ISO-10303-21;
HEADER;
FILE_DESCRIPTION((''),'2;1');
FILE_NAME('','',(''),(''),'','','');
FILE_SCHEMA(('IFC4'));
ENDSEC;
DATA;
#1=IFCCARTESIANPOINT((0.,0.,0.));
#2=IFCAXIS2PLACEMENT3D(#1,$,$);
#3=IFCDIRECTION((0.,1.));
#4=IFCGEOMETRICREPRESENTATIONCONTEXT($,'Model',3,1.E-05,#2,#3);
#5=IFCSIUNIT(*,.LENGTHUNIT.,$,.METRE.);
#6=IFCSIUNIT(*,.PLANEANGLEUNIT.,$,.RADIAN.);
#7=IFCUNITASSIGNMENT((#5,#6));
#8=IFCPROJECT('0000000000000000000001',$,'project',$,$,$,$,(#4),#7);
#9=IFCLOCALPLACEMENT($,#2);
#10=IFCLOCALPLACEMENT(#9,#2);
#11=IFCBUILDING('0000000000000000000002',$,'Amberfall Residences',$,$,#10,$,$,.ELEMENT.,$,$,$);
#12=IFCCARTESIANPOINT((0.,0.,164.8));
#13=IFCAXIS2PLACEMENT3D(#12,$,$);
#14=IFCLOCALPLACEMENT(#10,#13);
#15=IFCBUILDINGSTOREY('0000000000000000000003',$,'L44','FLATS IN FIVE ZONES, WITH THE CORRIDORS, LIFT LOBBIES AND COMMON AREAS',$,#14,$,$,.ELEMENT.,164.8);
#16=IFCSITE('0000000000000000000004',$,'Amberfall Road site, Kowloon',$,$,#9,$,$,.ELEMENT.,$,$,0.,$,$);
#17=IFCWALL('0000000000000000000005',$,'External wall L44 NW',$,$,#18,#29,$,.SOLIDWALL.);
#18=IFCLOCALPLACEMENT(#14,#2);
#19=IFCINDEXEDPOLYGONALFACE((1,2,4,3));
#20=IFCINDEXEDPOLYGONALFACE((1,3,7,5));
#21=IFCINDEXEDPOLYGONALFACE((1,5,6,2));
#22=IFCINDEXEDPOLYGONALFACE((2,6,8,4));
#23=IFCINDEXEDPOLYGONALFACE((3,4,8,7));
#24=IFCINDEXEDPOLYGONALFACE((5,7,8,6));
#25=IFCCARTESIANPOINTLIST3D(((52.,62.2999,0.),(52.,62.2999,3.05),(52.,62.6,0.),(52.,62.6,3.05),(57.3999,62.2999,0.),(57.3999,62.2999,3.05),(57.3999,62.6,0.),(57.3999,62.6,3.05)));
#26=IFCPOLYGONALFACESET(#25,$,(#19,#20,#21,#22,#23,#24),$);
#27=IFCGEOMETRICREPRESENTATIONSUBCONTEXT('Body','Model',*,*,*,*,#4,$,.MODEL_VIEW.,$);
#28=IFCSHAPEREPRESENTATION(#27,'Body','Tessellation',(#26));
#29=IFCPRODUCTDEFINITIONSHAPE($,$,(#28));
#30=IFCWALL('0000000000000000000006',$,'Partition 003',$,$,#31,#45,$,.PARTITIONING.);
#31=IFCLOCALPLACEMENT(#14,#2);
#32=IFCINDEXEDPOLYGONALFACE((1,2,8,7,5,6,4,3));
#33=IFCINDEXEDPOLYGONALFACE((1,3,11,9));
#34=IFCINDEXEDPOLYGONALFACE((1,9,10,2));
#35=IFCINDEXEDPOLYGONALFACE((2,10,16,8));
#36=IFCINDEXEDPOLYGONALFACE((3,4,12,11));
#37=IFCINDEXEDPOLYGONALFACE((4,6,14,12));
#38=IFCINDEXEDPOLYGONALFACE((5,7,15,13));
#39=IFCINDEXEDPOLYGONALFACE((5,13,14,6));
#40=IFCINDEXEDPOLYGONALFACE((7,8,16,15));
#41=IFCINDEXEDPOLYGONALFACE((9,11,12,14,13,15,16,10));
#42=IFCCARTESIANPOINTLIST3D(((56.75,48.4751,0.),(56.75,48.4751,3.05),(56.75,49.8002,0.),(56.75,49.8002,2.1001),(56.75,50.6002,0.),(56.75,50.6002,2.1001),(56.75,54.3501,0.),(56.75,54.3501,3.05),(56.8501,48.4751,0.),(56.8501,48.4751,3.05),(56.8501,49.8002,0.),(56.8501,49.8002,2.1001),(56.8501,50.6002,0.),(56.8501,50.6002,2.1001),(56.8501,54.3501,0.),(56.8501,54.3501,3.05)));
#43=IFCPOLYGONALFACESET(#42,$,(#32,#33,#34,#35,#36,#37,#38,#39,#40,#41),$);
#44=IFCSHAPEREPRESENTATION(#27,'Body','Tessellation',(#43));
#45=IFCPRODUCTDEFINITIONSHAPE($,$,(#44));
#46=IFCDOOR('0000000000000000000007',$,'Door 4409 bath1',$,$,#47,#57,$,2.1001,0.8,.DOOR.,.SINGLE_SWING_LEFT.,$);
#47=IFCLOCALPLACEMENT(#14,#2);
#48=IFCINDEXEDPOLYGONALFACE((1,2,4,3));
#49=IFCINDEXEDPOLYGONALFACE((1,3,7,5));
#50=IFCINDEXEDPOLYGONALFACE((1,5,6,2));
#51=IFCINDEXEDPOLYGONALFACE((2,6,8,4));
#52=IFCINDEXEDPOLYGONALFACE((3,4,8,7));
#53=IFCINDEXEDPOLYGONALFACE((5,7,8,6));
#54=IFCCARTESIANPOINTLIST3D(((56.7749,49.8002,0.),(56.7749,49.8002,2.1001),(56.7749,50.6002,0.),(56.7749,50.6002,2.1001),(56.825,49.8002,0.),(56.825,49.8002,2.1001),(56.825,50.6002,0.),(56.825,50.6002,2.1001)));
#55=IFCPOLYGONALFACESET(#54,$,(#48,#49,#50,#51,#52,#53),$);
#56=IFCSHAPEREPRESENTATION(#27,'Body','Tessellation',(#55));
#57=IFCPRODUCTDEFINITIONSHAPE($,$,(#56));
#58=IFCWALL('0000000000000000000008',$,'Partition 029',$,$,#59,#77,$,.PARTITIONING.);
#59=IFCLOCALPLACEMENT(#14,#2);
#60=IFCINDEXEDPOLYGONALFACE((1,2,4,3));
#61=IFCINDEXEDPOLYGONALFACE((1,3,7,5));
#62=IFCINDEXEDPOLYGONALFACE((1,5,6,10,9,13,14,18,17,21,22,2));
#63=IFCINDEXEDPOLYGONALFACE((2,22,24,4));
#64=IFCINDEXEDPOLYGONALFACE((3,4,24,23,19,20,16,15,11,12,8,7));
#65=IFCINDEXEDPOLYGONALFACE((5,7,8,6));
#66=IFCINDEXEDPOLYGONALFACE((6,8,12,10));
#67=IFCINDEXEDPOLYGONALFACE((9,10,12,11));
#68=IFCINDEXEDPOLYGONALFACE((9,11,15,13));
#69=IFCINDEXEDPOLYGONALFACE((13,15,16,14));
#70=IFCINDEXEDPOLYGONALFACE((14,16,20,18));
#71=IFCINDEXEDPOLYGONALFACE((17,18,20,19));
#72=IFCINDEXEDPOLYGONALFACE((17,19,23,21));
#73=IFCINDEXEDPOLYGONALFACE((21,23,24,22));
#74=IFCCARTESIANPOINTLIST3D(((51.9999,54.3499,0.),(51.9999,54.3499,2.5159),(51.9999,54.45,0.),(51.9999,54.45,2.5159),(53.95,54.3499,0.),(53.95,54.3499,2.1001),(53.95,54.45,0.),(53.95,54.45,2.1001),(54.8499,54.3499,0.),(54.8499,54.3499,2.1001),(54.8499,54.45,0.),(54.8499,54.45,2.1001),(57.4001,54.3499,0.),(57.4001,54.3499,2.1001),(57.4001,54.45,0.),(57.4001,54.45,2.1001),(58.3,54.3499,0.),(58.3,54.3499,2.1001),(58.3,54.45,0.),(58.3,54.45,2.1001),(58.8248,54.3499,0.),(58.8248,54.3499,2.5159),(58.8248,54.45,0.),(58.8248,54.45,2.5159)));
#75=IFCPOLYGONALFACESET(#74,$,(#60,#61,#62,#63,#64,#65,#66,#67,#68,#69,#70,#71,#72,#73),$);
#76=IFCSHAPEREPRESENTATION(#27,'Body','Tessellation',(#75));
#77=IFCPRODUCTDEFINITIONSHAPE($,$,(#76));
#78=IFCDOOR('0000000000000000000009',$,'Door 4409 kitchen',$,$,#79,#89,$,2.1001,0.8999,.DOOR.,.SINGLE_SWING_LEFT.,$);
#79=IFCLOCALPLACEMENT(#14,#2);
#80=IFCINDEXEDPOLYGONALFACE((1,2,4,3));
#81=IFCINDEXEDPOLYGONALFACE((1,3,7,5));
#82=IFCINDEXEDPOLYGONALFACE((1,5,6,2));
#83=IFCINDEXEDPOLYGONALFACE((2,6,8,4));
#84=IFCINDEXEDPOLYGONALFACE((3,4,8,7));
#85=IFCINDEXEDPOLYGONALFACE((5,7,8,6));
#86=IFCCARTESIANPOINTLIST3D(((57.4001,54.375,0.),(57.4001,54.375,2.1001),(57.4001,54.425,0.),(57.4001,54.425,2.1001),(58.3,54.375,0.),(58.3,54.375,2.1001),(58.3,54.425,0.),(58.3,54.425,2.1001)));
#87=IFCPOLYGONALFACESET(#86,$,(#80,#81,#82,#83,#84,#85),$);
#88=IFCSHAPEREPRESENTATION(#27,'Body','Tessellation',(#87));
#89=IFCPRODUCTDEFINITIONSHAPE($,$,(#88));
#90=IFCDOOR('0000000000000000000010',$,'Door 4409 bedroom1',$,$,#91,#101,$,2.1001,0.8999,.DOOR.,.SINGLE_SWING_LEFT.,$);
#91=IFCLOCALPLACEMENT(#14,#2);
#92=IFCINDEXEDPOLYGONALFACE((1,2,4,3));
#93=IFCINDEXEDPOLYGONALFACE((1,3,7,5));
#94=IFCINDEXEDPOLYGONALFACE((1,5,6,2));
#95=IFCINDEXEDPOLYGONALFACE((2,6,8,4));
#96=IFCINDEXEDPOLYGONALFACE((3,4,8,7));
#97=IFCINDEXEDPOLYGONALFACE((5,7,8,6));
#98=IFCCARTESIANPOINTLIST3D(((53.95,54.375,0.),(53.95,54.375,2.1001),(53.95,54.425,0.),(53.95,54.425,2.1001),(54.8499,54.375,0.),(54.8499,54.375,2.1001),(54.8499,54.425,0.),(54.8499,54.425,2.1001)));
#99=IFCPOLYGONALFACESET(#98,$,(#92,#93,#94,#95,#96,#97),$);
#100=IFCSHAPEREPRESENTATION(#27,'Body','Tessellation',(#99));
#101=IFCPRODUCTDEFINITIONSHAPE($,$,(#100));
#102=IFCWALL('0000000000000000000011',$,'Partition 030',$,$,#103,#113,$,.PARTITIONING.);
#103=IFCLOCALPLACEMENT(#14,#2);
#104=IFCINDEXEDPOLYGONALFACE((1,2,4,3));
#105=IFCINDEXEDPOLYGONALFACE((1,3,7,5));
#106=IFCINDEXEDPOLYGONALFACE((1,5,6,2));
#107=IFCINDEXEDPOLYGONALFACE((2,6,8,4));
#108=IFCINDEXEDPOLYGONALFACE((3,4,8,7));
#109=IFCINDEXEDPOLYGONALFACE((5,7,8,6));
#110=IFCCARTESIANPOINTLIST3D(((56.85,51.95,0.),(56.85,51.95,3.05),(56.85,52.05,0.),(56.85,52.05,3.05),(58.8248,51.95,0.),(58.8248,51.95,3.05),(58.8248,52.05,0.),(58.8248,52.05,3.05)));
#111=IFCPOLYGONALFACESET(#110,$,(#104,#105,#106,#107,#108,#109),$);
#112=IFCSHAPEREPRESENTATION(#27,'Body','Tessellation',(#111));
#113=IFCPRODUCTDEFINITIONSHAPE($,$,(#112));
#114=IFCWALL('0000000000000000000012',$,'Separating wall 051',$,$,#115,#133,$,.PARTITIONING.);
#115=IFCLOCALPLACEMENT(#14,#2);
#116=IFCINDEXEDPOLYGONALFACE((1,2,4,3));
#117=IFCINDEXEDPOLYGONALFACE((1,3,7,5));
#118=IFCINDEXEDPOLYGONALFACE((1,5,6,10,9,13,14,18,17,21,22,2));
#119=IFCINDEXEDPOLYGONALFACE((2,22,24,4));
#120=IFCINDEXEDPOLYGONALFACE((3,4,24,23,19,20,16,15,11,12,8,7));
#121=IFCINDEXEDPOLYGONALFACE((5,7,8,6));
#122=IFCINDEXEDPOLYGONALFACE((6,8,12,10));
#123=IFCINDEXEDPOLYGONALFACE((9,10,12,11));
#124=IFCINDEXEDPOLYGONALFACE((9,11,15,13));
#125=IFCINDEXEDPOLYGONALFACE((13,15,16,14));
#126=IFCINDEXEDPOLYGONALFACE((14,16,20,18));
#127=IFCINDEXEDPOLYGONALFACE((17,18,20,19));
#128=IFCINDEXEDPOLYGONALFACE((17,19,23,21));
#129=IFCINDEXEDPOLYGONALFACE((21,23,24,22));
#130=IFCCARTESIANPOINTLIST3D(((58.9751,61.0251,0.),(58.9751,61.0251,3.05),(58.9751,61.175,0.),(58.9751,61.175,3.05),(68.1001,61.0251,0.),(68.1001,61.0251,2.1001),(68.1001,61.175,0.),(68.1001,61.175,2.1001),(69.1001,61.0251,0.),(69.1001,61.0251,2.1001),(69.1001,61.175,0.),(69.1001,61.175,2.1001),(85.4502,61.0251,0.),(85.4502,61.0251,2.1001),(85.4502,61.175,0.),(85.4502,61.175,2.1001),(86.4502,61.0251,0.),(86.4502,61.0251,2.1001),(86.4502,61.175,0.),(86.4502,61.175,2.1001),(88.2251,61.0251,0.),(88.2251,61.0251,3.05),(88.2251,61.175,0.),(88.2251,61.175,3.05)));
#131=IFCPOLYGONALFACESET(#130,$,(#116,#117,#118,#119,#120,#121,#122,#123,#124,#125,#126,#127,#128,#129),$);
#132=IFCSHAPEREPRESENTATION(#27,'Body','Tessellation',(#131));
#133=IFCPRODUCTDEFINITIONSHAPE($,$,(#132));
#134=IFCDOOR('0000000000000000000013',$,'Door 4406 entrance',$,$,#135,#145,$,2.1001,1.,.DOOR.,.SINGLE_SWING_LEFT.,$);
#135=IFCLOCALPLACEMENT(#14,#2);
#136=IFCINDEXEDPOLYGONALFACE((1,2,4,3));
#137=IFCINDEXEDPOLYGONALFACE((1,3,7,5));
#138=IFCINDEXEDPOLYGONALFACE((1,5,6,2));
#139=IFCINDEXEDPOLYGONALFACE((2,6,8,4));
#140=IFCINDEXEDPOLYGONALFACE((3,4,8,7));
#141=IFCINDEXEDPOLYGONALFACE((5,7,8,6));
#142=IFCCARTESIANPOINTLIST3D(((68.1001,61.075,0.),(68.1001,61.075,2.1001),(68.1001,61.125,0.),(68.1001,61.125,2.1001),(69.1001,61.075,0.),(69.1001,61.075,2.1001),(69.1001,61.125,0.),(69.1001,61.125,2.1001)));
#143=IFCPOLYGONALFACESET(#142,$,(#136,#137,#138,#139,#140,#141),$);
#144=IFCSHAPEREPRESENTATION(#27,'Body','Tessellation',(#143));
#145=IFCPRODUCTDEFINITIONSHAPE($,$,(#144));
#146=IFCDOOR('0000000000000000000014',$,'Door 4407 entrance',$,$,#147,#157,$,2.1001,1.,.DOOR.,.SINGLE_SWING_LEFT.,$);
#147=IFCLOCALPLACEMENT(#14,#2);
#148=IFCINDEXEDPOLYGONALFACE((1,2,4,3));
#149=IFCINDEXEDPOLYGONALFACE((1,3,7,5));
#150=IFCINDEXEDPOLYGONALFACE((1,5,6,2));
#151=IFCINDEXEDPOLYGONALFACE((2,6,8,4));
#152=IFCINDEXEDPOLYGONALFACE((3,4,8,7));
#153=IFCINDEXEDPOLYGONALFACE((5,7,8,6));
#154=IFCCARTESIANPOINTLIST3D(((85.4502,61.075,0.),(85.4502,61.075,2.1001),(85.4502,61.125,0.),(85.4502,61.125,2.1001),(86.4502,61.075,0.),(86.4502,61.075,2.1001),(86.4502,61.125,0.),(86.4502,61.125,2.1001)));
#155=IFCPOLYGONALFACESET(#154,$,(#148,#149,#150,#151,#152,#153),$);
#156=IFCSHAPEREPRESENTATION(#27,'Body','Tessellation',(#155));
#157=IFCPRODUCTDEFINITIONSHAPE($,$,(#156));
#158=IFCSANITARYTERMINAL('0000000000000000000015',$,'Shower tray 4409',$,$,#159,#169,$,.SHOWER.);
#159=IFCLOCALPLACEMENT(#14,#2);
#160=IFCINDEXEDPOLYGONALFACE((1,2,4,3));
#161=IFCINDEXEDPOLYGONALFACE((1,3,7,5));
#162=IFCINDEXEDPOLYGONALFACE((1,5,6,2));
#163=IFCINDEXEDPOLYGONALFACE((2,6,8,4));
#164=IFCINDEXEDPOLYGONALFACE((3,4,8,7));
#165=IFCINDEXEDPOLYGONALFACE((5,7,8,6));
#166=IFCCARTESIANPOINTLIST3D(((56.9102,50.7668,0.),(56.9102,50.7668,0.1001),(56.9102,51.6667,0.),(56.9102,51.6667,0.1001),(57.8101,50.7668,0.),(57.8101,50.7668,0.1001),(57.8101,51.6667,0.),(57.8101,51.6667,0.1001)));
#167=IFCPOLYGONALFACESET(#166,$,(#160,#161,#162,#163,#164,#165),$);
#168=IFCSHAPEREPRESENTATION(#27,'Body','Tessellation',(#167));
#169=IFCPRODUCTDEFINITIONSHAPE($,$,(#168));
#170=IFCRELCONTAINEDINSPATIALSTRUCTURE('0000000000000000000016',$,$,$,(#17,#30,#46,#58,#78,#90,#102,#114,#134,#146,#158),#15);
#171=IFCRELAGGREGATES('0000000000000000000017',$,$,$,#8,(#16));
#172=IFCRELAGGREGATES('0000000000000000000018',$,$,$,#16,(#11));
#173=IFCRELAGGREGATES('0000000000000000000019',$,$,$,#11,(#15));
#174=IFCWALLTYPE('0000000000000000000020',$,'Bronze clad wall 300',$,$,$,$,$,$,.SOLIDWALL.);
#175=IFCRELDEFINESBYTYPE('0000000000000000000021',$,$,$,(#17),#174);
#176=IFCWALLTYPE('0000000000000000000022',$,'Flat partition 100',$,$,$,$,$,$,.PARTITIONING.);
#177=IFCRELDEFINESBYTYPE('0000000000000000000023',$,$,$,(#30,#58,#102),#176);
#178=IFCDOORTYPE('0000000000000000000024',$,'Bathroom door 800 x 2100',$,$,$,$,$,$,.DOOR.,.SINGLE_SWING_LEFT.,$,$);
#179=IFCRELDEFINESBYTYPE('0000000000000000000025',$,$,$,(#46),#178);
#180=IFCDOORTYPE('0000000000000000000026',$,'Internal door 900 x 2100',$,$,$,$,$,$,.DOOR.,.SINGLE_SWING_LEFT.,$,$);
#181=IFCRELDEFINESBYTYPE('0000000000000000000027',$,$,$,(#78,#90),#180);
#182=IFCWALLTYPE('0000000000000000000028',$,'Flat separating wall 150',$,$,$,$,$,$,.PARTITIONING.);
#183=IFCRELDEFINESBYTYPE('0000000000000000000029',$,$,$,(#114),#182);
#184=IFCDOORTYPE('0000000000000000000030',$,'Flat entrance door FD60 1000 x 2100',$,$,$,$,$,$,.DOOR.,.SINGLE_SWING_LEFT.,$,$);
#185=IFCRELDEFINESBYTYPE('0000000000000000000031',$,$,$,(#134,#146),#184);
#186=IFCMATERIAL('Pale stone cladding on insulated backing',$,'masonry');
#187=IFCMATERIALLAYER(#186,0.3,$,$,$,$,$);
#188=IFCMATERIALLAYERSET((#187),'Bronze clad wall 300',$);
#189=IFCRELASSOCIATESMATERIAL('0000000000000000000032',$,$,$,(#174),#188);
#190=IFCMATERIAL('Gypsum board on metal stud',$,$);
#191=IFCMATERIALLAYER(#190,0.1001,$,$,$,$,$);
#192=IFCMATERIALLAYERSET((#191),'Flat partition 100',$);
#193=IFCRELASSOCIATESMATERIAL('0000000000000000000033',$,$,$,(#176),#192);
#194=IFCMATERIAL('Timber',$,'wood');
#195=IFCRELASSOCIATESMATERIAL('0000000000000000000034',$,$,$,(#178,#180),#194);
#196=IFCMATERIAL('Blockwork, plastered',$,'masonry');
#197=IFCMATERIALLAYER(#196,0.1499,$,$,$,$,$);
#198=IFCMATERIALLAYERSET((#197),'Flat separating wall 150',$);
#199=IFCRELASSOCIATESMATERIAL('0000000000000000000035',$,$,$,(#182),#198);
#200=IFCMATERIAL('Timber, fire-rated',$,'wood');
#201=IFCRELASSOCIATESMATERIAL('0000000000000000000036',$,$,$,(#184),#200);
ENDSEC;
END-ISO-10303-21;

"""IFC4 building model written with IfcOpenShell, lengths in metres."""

from ifc_helpers import new_model, si_unit, direction, frame, frame_2d, origin, origin_2d, place, context, subcontext, project, spatial, rectangle, extrude, material, layer, layer_set, type_object, element, fill, save


model = new_model("IFC4")

# Units and contexts
model_context = context("Model", 3, precision=1e-05, world=origin(), true_north=direction((0.0, 1.0)))
body_context = subcontext(model_context, "Body", "Model", "MODEL_VIEW")
ifc_project = project(units=[si_unit("LENGTHUNIT", "METRE"), si_unit("PLANEANGLEUNIT", "RADIAN")], contexts=[model_context])

# Site, building, storey
site_placement = place(None, origin())
site = spatial("IfcSite", under=ifc_project, at=site_placement, Name="Amberfall Road site, Kowloon", CompositionType="ELEMENT", RefElevation=0.0)
building_placement = place(site_placement, origin())
building = spatial("IfcBuilding", under=site, at=building_placement, Name="Amberfall Residences", CompositionType="ELEMENT")
storey_placement = place(building_placement, frame((0.0, 0.0, 164.8)))
storey = spatial("IfcBuildingStorey", under=building, at=storey_placement, Name="L44", Description="FLATS IN FIVE ZONES, WITH THE CORRIDORS, LIFT LOBBIES AND COMMON AREAS", CompositionType="ELEMENT", Elevation=164.8)

# Shared definitions
ifc_material_1 = material(Name="Pale stone cladding on insulated backing", Category="masonry")
ifc_layer_1 = layer(ifc_material_1, 0.3)
ifc_layer_set_1 = layer_set([ifc_layer_1], Name="Bronze clad wall 300")
wall_type_1 = type_object("IfcWallType", Name="Bronze clad wall 300", PredefinedType="SOLIDWALL", material=ifc_layer_set_1)

# Wall
wall_1_placement = place(storey_placement, frame((57.3999, 62.45, 0.0), z_axis=(0.0, 0.0, 1.0), x_axis=(-1.0, 0.0, 0.0)))
element("IfcWall", 1, at=wall_1_placement, inside=storey, type_object=wall_type_1, Name="External wall L44 NW", PredefinedType="SOLIDWALL", context=body_context, shape_type="SweptSolid", body=[
    extrude(rectangle(XDim=5.3999, YDim=0.3, at=frame_2d((2.7, 0.0))), origin(), (0.0, 0.0, 1.0), 3.05),
])

# Wall, opening, door
ifc_material_2 = material(Name="Gypsum board on metal stud")
ifc_layer_2 = layer(ifc_material_2, 0.1001)
ifc_layer_set_2 = layer_set([ifc_layer_2], Name="Flat partition 100")
wall_type_2 = type_object("IfcWallType", Name="Flat partition 100", PredefinedType="PARTITIONING", material=ifc_layer_set_2)
wall_2_placement = place(storey_placement, frame((56.8, 54.3501, 0.0), z_axis=(0.0, 0.0, 1.0), x_axis=(0.0, -1.0, 0.0)))
wall_2 = element("IfcWall", 2, at=wall_2_placement, inside=storey, type_object=wall_type_2, Name="Partition 003", PredefinedType="PARTITIONING", context=body_context, shape_type="SweptSolid", body=[
    extrude(rectangle(XDim=5.875, YDim=0.1001, at=frame_2d((2.9375, 0.0))), origin(), (0.0, 0.0, 1.0), 3.05),
])
opening_1_placement = place(wall_2_placement, frame((3.75, 0.0, 0.0)))
opening_1 = element("IfcOpeningElement", 3, at=opening_1_placement, cuts=wall_2, PredefinedType="OPENING", context=body_context, shape_type="SweptSolid", body=[
    extrude(rectangle(XDim=0.8, YDim=2.1001, at=frame_2d((0.3999, 1.05))), frame((0.0, 0.0601, 0.0), z_axis=(0.0, -1.0, 0.0), x_axis=(1.0, 0.0, 0.0)), (0.0, 0.0, 1.0), 0.1201),
])
ifc_material_3 = material(Name="Timber", Category="wood")
door_type_1 = type_object("IfcDoorType", Name="Bathroom door 800 x 2100", OperationType="SINGLE_SWING_LEFT", PredefinedType="DOOR", material=ifc_material_3)
door_1_placement = place(opening_1_placement, origin())
door_1 = element("IfcDoor", 4, at=door_1_placement, inside=storey, type_object=door_type_1, Name="Door 4409 bath1", OperationType="SINGLE_SWING_LEFT", OverallHeight=2.1001, OverallWidth=0.8, PredefinedType="DOOR", context=body_context, shape_type="SweptSolid", body=[
    extrude(rectangle(XDim=0.8, YDim=2.1001, at=frame_2d((0.3999, 1.05))), frame((0.0, 0.0249, 0.0), z_axis=(0.0, -1.0, 0.0), x_axis=(1.0, 0.0, 0.0)), (0.0, 0.0, 1.0), 0.05),
])
fill(opening_1, door_1)

# Wall, openings, doors
wall_3_placement = place(storey_placement, frame((58.825, 54.3999, 0.0), z_axis=(0.0, 0.0, 1.0), x_axis=(-1.0, 0.0, 0.0)))
wall_3 = element("IfcWall", 5, at=wall_3_placement, inside=storey, type_object=wall_type_2, Name="Partition 029", PredefinedType="PARTITIONING", context=body_context, shape_type="SweptSolid", body=[
    extrude(rectangle(XDim=6.825, YDim=0.1001, at=frame_2d((3.4126, 0.0))), origin(), (0.0, 0.0, 1.0), 2.5159),
])
opening_2_placement = place(wall_3_placement, frame((0.5249, 0.0, 0.0)))
opening_2 = element("IfcOpeningElement", 6, at=opening_2_placement, cuts=wall_3, PredefinedType="OPENING", context=body_context, shape_type="SweptSolid", body=[
    extrude(rectangle(XDim=0.8999, YDim=2.1001, at=frame_2d((0.45, 1.05))), frame((0.0, 0.0601, 0.0), z_axis=(0.0, -1.0, 0.0), x_axis=(1.0, 0.0, 0.0)), (0.0, 0.0, 1.0), 0.1201),
])
opening_3_placement = place(wall_3_placement, frame((3.9751, 0.0, 0.0)))
opening_3 = element("IfcOpeningElement", 7, at=opening_3_placement, cuts=wall_3, PredefinedType="OPENING", context=body_context, shape_type="SweptSolid", body=[
    extrude(rectangle(XDim=0.8999, YDim=2.1001, at=frame_2d((0.45, 1.05))), frame((0.0, 0.0601, 0.0), z_axis=(0.0, -1.0, 0.0), x_axis=(1.0, 0.0, 0.0)), (0.0, 0.0, 1.0), 0.1201),
])
door_type_2 = type_object("IfcDoorType", Name="Internal door 900 x 2100", OperationType="SINGLE_SWING_LEFT", PredefinedType="DOOR", material=ifc_material_3)
door_2_placement = place(opening_2_placement, origin())
door_2 = element("IfcDoor", 8, at=door_2_placement, inside=storey, type_object=door_type_2, Name="Door 4409 kitchen", OperationType="SINGLE_SWING_LEFT", OverallHeight=2.1001, OverallWidth=0.8999, PredefinedType="DOOR", context=body_context, shape_type="SweptSolid", body=[
    extrude(rectangle(XDim=0.8999, YDim=2.1001, at=frame_2d((0.45, 1.05))), frame((0.0, 0.0249, 0.0), z_axis=(0.0, -1.0, 0.0), x_axis=(1.0, 0.0, 0.0)), (0.0, 0.0, 1.0), 0.05),
])
fill(opening_2, door_2)
door_3_placement = place(opening_3_placement, origin())
door_3 = element("IfcDoor", 9, at=door_3_placement, inside=storey, type_object=door_type_2, Name="Door 4409 bedroom1", OperationType="SINGLE_SWING_LEFT", OverallHeight=2.1001, OverallWidth=0.8999, PredefinedType="DOOR", context=body_context, shape_type="SweptSolid", body=[
    extrude(rectangle(XDim=0.8999, YDim=2.1001, at=frame_2d((0.45, 1.05))), frame((0.0, 0.0249, 0.0), z_axis=(0.0, -1.0, 0.0), x_axis=(1.0, 0.0, 0.0)), (0.0, 0.0, 1.0), 0.05),
])
fill(opening_3, door_3)

# Wall
wall_4_placement = place(storey_placement, frame((56.8501, 52.0, 0.0), z_axis=(0.0, 0.0, 1.0), x_axis=(1.0, 0.0, 0.0)))
element("IfcWall", 10, at=wall_4_placement, inside=storey, type_object=wall_type_2, Name="Partition 030", PredefinedType="PARTITIONING", context=body_context, shape_type="SweptSolid", body=[
    extrude(rectangle(XDim=1.9749, YDim=0.1001, at=frame_2d((0.9873, 0.0))), origin(), (0.0, 0.0, 1.0), 3.05),
])

# Wall, openings, doors
ifc_material_4 = material(Name="Blockwork, plastered", Category="masonry")
ifc_layer_3 = layer(ifc_material_4, 0.1499)
ifc_layer_set_3 = layer_set([ifc_layer_3], Name="Flat separating wall 150")
wall_type_3 = type_object("IfcWallType", Name="Flat separating wall 150", PredefinedType="PARTITIONING", material=ifc_layer_set_3)
wall_5_placement = place(storey_placement, frame((58.9751, 61.1001, 0.0), z_axis=(0.0, 0.0, 1.0), x_axis=(1.0, 0.0, 0.0)))
wall_5 = element("IfcWall", 11, at=wall_5_placement, inside=storey, type_object=wall_type_3, Name="Separating wall 051", PredefinedType="PARTITIONING", context=body_context, shape_type="SweptSolid", body=[
    extrude(rectangle(XDim=29.25, YDim=0.1499, at=frame_2d((14.625, 0.0))), origin(), (0.0, 0.0, 1.0), 3.05),
])
opening_4_placement = place(wall_5_placement, frame((9.125, 0.0, 0.0)))
opening_4 = element("IfcOpeningElement", 12, at=opening_4_placement, cuts=wall_5, PredefinedType="OPENING", context=body_context, shape_type="SweptSolid", body=[
    extrude(rectangle(XDim=1.0, YDim=2.1001, at=frame_2d((0.5, 1.05))), frame((0.0, 0.085, 0.0), z_axis=(0.0, -1.0, 0.0), x_axis=(1.0, 0.0, 0.0)), (0.0, 0.0, 1.0), 0.1699),
])
opening_5_placement = place(wall_5_placement, frame((26.4751, 0.0, 0.0)))
opening_5 = element("IfcOpeningElement", 13, at=opening_5_placement, cuts=wall_5, PredefinedType="OPENING", context=body_context, shape_type="SweptSolid", body=[
    extrude(rectangle(XDim=1.0, YDim=2.1001, at=frame_2d((0.5, 1.05))), frame((0.0, 0.085, 0.0), z_axis=(0.0, -1.0, 0.0), x_axis=(1.0, 0.0, 0.0)), (0.0, 0.0, 1.0), 0.1699),
])
ifc_material_5 = material(Name="Timber, fire-rated", Category="wood")
door_type_3 = type_object("IfcDoorType", Name="Flat entrance door FD60 1000 x 2100", OperationType="SINGLE_SWING_LEFT", PredefinedType="DOOR", material=ifc_material_5)
door_4_placement = place(opening_4_placement, origin())
door_4 = element("IfcDoor", 14, at=door_4_placement, inside=storey, type_object=door_type_3, Name="Door 4406 entrance", OperationType="SINGLE_SWING_LEFT", OverallHeight=2.1001, OverallWidth=1.0, PredefinedType="DOOR", context=body_context, shape_type="SweptSolid", body=[
    extrude(rectangle(XDim=1.0, YDim=2.1001, at=frame_2d((0.5, 1.05))), frame((0.0, 0.0249, 0.0), z_axis=(0.0, -1.0, 0.0), x_axis=(1.0, 0.0, 0.0)), (0.0, 0.0, 1.0), 0.05),
])
fill(opening_4, door_4)
door_5_placement = place(opening_5_placement, origin())
door_5 = element("IfcDoor", 15, at=door_5_placement, inside=storey, type_object=door_type_3, Name="Door 4407 entrance", OperationType="SINGLE_SWING_LEFT", OverallHeight=2.1001, OverallWidth=1.0, PredefinedType="DOOR", context=body_context, shape_type="SweptSolid", body=[
    extrude(rectangle(XDim=1.0, YDim=2.1001, at=frame_2d((0.5, 1.05))), frame((0.0, 0.0249, 0.0), z_axis=(0.0, -1.0, 0.0), x_axis=(1.0, 0.0, 0.0)), (0.0, 0.0, 1.0), 0.05),
])
fill(opening_5, door_5)

# Sanitary terminal
sanitary_terminal_placement = place(storey_placement, frame((57.3601, 51.2168, 0.0), z_axis=(0.0, 0.0, 1.0), x_axis=(1.0, 0.0, 0.0)))
element("IfcSanitaryTerminal", 16, at=sanitary_terminal_placement, inside=storey, Name="Shower tray 4409", PredefinedType="SHOWER", context=body_context, shape_type="SweptSolid", body=[
    extrude(rectangle(XDim=0.8999, YDim=0.8999, at=origin_2d()), origin(), (0.0, 0.0, 1.0), 0.1001),
])

save(model, "model.ifc")
